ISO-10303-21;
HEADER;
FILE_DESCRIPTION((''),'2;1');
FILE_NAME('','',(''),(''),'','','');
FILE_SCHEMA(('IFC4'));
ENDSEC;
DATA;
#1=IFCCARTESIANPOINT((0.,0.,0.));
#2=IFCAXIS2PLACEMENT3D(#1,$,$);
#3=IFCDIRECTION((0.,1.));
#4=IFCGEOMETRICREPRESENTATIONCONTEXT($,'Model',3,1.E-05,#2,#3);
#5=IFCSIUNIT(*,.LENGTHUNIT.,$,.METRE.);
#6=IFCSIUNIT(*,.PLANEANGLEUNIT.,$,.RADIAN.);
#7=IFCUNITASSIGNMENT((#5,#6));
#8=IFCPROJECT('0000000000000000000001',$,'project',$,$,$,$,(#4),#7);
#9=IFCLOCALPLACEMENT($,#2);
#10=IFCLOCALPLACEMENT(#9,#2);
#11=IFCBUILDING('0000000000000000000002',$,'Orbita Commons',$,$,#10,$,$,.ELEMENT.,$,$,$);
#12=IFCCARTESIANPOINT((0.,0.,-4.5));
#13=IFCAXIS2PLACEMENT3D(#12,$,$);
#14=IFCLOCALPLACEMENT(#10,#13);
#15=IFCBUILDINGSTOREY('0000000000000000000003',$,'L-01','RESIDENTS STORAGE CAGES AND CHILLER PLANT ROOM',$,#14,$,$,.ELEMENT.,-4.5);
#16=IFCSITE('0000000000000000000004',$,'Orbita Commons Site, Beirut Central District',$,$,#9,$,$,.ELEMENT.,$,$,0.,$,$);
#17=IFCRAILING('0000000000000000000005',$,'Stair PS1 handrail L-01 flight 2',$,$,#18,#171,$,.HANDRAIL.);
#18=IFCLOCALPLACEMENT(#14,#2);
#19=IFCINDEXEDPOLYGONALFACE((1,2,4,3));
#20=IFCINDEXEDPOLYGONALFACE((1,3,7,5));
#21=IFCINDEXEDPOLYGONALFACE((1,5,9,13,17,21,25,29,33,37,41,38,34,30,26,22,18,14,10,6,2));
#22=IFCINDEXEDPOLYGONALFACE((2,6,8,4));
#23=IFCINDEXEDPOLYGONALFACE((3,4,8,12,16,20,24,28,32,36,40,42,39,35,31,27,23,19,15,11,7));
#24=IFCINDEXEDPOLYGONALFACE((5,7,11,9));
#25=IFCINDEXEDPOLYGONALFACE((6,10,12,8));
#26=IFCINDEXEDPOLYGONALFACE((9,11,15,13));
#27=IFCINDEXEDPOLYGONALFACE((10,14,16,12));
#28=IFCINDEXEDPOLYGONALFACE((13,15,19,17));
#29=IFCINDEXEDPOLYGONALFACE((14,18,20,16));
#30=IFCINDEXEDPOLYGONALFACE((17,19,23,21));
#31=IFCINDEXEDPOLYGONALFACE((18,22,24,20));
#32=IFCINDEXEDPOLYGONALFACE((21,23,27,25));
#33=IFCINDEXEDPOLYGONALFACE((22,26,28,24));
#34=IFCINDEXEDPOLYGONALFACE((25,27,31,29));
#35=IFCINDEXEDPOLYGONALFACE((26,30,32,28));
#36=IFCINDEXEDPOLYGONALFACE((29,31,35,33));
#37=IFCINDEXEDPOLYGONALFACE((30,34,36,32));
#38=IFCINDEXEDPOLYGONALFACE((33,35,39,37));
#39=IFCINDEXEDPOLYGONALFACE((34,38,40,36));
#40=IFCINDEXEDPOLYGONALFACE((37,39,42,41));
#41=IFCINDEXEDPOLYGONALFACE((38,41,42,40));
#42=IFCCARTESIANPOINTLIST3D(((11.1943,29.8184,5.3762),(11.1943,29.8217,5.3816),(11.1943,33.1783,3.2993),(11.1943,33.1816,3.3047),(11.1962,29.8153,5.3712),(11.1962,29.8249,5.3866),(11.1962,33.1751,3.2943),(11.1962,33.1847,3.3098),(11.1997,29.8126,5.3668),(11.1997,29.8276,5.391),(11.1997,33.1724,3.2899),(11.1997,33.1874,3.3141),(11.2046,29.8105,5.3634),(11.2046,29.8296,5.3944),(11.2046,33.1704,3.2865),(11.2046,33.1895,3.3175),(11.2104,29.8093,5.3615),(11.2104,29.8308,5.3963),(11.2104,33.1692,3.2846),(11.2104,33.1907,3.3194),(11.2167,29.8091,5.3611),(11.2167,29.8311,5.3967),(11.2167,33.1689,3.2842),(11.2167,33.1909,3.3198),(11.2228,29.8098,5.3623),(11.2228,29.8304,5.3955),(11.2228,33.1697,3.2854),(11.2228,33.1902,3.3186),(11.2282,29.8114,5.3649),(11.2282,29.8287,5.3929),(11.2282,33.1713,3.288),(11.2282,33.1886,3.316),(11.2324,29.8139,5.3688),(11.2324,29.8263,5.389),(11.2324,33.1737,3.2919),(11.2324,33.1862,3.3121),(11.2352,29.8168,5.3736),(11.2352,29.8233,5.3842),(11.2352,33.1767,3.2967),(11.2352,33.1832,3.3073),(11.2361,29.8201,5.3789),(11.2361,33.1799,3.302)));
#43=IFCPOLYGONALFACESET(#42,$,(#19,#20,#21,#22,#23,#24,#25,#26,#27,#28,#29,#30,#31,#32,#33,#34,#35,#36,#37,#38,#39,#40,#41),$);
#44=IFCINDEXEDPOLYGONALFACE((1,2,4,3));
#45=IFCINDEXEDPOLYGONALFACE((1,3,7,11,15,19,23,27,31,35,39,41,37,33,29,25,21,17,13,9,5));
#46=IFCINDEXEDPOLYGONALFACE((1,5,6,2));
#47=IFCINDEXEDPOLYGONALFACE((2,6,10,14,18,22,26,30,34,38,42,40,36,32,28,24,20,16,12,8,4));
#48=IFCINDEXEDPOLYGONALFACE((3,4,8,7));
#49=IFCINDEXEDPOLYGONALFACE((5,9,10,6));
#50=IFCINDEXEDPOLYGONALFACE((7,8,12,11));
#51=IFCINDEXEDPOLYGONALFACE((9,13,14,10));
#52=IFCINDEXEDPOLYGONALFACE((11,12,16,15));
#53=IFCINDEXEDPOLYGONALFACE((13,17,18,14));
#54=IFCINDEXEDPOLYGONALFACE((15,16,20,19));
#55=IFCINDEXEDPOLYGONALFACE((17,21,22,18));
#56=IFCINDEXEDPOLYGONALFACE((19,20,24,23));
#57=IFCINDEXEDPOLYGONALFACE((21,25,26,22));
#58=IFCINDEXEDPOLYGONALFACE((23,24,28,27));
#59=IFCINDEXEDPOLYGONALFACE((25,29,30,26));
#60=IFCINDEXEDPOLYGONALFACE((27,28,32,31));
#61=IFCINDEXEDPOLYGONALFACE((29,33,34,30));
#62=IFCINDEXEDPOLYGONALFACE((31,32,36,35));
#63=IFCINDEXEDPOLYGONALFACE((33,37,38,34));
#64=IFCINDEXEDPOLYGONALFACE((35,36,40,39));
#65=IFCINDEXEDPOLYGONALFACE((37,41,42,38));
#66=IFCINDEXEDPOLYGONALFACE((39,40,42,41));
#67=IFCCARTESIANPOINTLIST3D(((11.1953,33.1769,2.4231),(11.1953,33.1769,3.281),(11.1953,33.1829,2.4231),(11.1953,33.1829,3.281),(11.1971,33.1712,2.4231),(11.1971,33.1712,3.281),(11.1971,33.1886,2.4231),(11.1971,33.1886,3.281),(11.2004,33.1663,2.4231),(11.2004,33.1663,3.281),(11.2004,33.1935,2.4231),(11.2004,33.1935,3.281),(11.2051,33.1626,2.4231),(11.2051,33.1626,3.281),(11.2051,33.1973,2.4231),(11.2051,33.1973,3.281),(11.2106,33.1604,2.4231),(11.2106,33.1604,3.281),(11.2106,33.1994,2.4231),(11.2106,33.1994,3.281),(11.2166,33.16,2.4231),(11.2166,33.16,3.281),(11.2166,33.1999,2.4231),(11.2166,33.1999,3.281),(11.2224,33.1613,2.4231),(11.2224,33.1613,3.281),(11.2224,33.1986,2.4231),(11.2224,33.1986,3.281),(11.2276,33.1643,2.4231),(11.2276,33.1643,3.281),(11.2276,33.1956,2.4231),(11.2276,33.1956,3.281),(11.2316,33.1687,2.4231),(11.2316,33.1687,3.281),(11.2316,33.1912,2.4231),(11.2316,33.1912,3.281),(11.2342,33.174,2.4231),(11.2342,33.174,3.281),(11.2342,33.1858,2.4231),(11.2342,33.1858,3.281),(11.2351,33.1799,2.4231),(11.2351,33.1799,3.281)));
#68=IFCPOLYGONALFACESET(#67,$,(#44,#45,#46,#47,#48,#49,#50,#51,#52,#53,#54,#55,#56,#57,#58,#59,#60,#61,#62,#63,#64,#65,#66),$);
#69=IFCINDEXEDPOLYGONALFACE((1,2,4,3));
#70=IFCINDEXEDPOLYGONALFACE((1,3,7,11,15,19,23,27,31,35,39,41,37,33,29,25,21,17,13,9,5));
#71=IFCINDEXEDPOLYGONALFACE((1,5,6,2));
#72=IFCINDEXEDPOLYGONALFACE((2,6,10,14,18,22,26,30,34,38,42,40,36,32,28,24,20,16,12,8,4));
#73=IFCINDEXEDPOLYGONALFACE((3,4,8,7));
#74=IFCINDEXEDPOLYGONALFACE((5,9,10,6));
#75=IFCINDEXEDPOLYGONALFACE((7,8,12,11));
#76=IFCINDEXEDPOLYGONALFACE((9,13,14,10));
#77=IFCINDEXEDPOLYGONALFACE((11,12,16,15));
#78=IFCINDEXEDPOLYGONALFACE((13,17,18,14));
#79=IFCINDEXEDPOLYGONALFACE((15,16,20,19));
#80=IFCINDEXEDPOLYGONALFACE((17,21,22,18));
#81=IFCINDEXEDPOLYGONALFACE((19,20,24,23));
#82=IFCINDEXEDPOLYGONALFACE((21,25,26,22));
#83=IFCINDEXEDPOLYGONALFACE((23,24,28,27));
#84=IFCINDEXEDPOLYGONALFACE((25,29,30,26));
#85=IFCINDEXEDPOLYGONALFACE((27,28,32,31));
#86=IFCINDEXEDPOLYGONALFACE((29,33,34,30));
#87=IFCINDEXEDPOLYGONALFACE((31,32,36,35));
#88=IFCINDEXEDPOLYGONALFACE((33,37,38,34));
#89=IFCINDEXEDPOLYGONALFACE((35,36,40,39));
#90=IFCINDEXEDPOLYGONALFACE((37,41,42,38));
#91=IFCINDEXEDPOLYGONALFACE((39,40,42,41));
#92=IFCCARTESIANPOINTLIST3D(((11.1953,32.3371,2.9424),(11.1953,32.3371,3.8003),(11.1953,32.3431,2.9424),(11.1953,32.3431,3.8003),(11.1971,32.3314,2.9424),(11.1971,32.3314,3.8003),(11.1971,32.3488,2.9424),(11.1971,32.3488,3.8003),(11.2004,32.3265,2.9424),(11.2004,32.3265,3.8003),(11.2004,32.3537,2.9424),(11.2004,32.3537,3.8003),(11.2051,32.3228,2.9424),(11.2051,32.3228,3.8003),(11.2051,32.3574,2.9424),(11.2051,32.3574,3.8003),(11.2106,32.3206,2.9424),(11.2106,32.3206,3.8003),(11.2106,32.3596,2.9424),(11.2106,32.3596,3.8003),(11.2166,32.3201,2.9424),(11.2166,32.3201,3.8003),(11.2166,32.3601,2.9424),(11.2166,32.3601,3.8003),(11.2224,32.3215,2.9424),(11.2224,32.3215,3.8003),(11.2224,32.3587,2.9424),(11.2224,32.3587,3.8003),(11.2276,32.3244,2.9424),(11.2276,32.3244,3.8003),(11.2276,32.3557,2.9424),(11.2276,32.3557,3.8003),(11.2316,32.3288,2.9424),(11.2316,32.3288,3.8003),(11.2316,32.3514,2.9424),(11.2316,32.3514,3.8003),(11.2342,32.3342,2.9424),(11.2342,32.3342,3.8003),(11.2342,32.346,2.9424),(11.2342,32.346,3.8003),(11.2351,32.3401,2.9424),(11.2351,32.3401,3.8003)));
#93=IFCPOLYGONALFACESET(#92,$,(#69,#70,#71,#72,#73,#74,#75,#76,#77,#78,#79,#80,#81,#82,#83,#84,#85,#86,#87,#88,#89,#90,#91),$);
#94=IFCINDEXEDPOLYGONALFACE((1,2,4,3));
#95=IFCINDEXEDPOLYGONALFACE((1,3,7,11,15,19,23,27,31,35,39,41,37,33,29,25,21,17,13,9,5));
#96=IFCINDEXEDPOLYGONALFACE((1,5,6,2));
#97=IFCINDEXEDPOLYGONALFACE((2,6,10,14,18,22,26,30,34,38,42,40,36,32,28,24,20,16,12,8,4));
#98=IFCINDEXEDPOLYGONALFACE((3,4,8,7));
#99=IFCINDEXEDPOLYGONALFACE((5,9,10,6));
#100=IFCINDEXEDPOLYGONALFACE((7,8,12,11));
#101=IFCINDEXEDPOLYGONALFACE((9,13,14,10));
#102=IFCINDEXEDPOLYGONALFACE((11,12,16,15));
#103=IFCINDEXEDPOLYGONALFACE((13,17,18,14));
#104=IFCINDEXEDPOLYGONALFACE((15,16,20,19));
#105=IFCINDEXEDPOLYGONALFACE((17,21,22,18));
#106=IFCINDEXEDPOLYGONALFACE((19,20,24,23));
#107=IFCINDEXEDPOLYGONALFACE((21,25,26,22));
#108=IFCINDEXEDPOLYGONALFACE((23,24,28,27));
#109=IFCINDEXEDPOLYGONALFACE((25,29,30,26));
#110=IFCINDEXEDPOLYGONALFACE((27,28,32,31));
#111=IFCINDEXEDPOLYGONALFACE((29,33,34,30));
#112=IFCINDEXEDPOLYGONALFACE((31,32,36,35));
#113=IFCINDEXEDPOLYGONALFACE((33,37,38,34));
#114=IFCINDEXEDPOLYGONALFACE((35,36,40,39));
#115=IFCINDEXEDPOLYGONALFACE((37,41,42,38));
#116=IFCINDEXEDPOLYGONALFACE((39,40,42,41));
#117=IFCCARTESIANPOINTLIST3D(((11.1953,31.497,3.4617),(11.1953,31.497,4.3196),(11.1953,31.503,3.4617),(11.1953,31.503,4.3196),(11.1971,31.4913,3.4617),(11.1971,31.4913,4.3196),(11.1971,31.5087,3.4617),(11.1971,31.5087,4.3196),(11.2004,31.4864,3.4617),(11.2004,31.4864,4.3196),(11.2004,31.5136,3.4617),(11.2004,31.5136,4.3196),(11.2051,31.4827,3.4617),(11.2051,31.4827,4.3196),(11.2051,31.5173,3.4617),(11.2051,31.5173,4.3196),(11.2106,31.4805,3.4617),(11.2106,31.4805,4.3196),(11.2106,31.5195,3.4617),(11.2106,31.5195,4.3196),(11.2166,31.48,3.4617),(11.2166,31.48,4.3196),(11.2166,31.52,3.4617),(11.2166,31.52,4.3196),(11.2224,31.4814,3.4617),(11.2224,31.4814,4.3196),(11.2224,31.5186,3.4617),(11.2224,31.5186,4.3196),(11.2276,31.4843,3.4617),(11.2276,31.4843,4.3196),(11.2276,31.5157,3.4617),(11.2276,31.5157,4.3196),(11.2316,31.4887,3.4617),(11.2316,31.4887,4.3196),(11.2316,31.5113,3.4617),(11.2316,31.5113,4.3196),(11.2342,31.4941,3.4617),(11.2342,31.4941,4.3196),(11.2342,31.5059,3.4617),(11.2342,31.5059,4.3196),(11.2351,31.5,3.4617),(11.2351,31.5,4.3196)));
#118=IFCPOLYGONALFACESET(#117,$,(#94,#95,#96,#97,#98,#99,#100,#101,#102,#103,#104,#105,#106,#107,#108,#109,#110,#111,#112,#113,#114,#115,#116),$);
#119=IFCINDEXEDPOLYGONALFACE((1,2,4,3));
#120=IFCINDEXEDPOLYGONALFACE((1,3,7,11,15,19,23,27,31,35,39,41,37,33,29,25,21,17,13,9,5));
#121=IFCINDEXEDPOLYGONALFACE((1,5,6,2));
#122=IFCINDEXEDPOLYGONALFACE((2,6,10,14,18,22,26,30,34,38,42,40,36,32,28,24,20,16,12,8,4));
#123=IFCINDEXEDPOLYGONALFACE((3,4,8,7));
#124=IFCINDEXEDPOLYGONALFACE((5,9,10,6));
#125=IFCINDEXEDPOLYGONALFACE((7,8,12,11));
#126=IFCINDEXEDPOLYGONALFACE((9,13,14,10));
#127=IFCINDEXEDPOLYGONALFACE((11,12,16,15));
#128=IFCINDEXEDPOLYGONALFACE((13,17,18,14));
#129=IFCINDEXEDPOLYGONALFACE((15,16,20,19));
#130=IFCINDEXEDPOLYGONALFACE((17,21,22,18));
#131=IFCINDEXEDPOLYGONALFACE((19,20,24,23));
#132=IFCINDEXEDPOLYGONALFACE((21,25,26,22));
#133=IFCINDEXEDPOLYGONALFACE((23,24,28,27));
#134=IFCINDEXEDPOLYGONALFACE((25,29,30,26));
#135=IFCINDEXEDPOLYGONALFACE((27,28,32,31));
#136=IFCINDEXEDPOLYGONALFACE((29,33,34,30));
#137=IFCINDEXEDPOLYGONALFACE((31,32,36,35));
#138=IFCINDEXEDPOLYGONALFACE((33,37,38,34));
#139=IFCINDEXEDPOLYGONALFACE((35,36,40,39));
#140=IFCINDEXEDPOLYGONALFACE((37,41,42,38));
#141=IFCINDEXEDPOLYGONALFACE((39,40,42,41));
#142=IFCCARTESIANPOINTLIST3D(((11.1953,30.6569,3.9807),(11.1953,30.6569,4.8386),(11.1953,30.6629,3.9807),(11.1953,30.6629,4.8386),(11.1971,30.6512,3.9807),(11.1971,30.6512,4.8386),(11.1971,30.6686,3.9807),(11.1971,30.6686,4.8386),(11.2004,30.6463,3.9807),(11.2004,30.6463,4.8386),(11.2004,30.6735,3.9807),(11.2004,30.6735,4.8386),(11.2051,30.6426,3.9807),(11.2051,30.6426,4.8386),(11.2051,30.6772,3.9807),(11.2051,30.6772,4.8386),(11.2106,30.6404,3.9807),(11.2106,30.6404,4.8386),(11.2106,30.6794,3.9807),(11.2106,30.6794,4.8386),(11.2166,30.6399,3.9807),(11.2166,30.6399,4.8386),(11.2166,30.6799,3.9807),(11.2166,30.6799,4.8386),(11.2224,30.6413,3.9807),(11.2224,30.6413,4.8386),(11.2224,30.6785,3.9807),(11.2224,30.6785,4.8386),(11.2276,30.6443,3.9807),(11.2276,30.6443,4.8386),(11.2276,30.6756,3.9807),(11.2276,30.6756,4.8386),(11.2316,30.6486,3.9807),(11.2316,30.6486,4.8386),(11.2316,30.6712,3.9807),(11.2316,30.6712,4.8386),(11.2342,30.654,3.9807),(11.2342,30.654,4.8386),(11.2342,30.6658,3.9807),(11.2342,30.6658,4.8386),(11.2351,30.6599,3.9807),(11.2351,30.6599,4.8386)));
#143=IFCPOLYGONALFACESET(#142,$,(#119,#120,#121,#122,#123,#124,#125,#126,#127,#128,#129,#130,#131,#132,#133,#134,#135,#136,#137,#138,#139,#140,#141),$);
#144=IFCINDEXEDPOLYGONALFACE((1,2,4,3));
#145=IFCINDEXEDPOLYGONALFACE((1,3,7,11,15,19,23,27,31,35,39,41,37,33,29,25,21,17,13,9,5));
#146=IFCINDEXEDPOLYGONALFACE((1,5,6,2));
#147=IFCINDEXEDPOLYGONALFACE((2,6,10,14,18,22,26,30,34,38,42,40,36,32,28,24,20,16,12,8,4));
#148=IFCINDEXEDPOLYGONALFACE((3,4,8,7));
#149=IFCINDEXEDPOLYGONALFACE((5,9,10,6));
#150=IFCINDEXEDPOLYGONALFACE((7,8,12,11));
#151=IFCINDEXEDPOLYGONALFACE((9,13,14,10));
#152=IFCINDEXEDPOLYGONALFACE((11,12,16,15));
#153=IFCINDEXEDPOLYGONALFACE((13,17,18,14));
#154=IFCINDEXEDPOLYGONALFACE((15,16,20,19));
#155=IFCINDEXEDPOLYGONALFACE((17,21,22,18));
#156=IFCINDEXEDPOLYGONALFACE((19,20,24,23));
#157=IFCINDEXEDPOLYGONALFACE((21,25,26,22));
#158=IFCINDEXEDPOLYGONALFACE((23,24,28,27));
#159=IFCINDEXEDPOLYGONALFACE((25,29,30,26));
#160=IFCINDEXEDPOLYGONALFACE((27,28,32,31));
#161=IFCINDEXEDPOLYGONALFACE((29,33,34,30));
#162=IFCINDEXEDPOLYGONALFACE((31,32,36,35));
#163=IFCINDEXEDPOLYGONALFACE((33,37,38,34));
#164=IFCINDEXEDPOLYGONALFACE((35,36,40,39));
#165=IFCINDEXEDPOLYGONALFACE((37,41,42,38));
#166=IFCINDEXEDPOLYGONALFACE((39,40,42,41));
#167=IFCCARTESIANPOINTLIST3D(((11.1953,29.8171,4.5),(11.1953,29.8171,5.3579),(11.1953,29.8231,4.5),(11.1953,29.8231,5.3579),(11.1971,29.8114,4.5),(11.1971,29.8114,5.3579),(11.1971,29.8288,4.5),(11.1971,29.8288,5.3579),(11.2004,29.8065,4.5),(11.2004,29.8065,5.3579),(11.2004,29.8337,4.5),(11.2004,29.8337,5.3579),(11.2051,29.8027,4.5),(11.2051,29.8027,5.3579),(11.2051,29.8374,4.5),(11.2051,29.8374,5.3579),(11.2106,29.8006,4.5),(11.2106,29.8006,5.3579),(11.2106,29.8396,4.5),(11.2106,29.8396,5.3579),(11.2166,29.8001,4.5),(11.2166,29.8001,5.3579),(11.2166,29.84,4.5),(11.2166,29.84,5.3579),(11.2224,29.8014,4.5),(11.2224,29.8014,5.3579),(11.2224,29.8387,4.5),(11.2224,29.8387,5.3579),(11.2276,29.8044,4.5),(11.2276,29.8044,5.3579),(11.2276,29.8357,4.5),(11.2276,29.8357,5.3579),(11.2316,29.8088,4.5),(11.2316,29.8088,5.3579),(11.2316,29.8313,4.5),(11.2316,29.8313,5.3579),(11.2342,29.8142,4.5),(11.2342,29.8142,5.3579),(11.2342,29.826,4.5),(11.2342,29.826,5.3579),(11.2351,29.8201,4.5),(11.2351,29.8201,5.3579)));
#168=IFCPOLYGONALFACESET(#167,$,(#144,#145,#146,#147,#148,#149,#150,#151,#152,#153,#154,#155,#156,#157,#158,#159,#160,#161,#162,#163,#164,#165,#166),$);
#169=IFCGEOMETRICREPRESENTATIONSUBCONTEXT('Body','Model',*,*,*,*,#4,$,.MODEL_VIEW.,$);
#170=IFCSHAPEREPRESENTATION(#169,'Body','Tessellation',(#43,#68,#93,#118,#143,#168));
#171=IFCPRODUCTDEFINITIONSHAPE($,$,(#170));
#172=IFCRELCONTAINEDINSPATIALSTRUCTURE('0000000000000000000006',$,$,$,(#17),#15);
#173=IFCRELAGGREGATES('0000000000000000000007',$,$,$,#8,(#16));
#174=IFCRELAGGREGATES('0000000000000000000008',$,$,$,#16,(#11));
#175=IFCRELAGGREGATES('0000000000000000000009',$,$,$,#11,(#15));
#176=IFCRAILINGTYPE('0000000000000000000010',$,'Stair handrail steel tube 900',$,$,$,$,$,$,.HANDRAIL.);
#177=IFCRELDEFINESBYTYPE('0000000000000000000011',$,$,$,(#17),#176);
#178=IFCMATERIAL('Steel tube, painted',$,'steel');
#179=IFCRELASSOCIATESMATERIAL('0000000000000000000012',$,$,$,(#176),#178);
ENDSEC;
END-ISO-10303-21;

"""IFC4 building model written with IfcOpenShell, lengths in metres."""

from ifc_helpers import new_model, si_unit, direction, frame, origin, origin_2d, place, context, subcontext, project, spatial, circle, extrude, material, type_object, element, save


model = new_model("IFC4")

# Units and contexts
model_context = context("Model", 3, precision=1e-05, world=origin(), true_north=direction((0.0, 1.0)))
body_context = subcontext(model_context, "Body", "Model", "MODEL_VIEW")
ifc_project = project(units=[si_unit("LENGTHUNIT", "METRE"), si_unit("PLANEANGLEUNIT", "RADIAN")], contexts=[model_context])

# Site, building, storey
site_placement = place(None, origin())
site = spatial("IfcSite", under=ifc_project, at=site_placement, Name="Orbita Commons Site, Beirut Central District", CompositionType="ELEMENT", RefElevation=0.0)
building_placement = place(site_placement, origin())
building = spatial("IfcBuilding", under=site, at=building_placement, Name="Orbita Commons", CompositionType="ELEMENT")
storey_placement = place(building_placement, frame((0.0, 0.0, -4.5)))
storey = spatial("IfcBuildingStorey", under=building, at=storey_placement, Name="L-01", Description="RESIDENTS STORAGE CAGES AND CHILLER PLANT ROOM", CompositionType="ELEMENT", Elevation=-4.5)

# Railing
ifc_material_1 = material(Name="Steel tube, painted", Category="steel")
railing_type_1 = type_object("IfcRailingType", Name="Stair handrail steel tube 900", PredefinedType="HANDRAIL", material=ifc_material_1)
for number, where, name in (
    (1, (11.2151, 33.1799, 2.4231), "Stair PS1 handrail L-01 flight 2"),
):
    element("IfcRailing", number, at=place(storey_placement, frame(where)), inside=storey, type_object=railing_type_1, Name=name, PredefinedType="HANDRAIL", context=body_context, shape_type="SweptSolid", body=[
        extrude(circle(Radius=0.021, at=origin_2d()), frame((0.0, 0.0, 0.8789), z_axis=(0.0, -0.850606, 0.525803), x_axis=(1.0, 0.0, 0.0)), (0.0, 0.0, 1.0), 3.95),
        extrude(circle(Radius=0.02, at=origin_2d()), origin(), (0.0, 0.0, 1.0), 0.8579),
        extrude(circle(Radius=0.02, at=origin_2d()), frame((0.0, -0.8398, 0.5193)), (0.0, 0.0, 1.0), 0.8579),
        extrude(circle(Radius=0.02, at=origin_2d()), frame((0.0, -1.6799, 1.0386)), (0.0, 0.0, 1.0), 0.8579),
        extrude(circle(Radius=0.02, at=origin_2d()), frame((0.0, -2.52, 1.5576)), (0.0, 0.0, 1.0), 0.8579),
        extrude(circle(Radius=0.02, at=origin_2d()), frame((0.0, -3.3599, 2.0769)), (0.0, 0.0, 1.0), 0.8579),
    ])

save(model, "model.ifc")
